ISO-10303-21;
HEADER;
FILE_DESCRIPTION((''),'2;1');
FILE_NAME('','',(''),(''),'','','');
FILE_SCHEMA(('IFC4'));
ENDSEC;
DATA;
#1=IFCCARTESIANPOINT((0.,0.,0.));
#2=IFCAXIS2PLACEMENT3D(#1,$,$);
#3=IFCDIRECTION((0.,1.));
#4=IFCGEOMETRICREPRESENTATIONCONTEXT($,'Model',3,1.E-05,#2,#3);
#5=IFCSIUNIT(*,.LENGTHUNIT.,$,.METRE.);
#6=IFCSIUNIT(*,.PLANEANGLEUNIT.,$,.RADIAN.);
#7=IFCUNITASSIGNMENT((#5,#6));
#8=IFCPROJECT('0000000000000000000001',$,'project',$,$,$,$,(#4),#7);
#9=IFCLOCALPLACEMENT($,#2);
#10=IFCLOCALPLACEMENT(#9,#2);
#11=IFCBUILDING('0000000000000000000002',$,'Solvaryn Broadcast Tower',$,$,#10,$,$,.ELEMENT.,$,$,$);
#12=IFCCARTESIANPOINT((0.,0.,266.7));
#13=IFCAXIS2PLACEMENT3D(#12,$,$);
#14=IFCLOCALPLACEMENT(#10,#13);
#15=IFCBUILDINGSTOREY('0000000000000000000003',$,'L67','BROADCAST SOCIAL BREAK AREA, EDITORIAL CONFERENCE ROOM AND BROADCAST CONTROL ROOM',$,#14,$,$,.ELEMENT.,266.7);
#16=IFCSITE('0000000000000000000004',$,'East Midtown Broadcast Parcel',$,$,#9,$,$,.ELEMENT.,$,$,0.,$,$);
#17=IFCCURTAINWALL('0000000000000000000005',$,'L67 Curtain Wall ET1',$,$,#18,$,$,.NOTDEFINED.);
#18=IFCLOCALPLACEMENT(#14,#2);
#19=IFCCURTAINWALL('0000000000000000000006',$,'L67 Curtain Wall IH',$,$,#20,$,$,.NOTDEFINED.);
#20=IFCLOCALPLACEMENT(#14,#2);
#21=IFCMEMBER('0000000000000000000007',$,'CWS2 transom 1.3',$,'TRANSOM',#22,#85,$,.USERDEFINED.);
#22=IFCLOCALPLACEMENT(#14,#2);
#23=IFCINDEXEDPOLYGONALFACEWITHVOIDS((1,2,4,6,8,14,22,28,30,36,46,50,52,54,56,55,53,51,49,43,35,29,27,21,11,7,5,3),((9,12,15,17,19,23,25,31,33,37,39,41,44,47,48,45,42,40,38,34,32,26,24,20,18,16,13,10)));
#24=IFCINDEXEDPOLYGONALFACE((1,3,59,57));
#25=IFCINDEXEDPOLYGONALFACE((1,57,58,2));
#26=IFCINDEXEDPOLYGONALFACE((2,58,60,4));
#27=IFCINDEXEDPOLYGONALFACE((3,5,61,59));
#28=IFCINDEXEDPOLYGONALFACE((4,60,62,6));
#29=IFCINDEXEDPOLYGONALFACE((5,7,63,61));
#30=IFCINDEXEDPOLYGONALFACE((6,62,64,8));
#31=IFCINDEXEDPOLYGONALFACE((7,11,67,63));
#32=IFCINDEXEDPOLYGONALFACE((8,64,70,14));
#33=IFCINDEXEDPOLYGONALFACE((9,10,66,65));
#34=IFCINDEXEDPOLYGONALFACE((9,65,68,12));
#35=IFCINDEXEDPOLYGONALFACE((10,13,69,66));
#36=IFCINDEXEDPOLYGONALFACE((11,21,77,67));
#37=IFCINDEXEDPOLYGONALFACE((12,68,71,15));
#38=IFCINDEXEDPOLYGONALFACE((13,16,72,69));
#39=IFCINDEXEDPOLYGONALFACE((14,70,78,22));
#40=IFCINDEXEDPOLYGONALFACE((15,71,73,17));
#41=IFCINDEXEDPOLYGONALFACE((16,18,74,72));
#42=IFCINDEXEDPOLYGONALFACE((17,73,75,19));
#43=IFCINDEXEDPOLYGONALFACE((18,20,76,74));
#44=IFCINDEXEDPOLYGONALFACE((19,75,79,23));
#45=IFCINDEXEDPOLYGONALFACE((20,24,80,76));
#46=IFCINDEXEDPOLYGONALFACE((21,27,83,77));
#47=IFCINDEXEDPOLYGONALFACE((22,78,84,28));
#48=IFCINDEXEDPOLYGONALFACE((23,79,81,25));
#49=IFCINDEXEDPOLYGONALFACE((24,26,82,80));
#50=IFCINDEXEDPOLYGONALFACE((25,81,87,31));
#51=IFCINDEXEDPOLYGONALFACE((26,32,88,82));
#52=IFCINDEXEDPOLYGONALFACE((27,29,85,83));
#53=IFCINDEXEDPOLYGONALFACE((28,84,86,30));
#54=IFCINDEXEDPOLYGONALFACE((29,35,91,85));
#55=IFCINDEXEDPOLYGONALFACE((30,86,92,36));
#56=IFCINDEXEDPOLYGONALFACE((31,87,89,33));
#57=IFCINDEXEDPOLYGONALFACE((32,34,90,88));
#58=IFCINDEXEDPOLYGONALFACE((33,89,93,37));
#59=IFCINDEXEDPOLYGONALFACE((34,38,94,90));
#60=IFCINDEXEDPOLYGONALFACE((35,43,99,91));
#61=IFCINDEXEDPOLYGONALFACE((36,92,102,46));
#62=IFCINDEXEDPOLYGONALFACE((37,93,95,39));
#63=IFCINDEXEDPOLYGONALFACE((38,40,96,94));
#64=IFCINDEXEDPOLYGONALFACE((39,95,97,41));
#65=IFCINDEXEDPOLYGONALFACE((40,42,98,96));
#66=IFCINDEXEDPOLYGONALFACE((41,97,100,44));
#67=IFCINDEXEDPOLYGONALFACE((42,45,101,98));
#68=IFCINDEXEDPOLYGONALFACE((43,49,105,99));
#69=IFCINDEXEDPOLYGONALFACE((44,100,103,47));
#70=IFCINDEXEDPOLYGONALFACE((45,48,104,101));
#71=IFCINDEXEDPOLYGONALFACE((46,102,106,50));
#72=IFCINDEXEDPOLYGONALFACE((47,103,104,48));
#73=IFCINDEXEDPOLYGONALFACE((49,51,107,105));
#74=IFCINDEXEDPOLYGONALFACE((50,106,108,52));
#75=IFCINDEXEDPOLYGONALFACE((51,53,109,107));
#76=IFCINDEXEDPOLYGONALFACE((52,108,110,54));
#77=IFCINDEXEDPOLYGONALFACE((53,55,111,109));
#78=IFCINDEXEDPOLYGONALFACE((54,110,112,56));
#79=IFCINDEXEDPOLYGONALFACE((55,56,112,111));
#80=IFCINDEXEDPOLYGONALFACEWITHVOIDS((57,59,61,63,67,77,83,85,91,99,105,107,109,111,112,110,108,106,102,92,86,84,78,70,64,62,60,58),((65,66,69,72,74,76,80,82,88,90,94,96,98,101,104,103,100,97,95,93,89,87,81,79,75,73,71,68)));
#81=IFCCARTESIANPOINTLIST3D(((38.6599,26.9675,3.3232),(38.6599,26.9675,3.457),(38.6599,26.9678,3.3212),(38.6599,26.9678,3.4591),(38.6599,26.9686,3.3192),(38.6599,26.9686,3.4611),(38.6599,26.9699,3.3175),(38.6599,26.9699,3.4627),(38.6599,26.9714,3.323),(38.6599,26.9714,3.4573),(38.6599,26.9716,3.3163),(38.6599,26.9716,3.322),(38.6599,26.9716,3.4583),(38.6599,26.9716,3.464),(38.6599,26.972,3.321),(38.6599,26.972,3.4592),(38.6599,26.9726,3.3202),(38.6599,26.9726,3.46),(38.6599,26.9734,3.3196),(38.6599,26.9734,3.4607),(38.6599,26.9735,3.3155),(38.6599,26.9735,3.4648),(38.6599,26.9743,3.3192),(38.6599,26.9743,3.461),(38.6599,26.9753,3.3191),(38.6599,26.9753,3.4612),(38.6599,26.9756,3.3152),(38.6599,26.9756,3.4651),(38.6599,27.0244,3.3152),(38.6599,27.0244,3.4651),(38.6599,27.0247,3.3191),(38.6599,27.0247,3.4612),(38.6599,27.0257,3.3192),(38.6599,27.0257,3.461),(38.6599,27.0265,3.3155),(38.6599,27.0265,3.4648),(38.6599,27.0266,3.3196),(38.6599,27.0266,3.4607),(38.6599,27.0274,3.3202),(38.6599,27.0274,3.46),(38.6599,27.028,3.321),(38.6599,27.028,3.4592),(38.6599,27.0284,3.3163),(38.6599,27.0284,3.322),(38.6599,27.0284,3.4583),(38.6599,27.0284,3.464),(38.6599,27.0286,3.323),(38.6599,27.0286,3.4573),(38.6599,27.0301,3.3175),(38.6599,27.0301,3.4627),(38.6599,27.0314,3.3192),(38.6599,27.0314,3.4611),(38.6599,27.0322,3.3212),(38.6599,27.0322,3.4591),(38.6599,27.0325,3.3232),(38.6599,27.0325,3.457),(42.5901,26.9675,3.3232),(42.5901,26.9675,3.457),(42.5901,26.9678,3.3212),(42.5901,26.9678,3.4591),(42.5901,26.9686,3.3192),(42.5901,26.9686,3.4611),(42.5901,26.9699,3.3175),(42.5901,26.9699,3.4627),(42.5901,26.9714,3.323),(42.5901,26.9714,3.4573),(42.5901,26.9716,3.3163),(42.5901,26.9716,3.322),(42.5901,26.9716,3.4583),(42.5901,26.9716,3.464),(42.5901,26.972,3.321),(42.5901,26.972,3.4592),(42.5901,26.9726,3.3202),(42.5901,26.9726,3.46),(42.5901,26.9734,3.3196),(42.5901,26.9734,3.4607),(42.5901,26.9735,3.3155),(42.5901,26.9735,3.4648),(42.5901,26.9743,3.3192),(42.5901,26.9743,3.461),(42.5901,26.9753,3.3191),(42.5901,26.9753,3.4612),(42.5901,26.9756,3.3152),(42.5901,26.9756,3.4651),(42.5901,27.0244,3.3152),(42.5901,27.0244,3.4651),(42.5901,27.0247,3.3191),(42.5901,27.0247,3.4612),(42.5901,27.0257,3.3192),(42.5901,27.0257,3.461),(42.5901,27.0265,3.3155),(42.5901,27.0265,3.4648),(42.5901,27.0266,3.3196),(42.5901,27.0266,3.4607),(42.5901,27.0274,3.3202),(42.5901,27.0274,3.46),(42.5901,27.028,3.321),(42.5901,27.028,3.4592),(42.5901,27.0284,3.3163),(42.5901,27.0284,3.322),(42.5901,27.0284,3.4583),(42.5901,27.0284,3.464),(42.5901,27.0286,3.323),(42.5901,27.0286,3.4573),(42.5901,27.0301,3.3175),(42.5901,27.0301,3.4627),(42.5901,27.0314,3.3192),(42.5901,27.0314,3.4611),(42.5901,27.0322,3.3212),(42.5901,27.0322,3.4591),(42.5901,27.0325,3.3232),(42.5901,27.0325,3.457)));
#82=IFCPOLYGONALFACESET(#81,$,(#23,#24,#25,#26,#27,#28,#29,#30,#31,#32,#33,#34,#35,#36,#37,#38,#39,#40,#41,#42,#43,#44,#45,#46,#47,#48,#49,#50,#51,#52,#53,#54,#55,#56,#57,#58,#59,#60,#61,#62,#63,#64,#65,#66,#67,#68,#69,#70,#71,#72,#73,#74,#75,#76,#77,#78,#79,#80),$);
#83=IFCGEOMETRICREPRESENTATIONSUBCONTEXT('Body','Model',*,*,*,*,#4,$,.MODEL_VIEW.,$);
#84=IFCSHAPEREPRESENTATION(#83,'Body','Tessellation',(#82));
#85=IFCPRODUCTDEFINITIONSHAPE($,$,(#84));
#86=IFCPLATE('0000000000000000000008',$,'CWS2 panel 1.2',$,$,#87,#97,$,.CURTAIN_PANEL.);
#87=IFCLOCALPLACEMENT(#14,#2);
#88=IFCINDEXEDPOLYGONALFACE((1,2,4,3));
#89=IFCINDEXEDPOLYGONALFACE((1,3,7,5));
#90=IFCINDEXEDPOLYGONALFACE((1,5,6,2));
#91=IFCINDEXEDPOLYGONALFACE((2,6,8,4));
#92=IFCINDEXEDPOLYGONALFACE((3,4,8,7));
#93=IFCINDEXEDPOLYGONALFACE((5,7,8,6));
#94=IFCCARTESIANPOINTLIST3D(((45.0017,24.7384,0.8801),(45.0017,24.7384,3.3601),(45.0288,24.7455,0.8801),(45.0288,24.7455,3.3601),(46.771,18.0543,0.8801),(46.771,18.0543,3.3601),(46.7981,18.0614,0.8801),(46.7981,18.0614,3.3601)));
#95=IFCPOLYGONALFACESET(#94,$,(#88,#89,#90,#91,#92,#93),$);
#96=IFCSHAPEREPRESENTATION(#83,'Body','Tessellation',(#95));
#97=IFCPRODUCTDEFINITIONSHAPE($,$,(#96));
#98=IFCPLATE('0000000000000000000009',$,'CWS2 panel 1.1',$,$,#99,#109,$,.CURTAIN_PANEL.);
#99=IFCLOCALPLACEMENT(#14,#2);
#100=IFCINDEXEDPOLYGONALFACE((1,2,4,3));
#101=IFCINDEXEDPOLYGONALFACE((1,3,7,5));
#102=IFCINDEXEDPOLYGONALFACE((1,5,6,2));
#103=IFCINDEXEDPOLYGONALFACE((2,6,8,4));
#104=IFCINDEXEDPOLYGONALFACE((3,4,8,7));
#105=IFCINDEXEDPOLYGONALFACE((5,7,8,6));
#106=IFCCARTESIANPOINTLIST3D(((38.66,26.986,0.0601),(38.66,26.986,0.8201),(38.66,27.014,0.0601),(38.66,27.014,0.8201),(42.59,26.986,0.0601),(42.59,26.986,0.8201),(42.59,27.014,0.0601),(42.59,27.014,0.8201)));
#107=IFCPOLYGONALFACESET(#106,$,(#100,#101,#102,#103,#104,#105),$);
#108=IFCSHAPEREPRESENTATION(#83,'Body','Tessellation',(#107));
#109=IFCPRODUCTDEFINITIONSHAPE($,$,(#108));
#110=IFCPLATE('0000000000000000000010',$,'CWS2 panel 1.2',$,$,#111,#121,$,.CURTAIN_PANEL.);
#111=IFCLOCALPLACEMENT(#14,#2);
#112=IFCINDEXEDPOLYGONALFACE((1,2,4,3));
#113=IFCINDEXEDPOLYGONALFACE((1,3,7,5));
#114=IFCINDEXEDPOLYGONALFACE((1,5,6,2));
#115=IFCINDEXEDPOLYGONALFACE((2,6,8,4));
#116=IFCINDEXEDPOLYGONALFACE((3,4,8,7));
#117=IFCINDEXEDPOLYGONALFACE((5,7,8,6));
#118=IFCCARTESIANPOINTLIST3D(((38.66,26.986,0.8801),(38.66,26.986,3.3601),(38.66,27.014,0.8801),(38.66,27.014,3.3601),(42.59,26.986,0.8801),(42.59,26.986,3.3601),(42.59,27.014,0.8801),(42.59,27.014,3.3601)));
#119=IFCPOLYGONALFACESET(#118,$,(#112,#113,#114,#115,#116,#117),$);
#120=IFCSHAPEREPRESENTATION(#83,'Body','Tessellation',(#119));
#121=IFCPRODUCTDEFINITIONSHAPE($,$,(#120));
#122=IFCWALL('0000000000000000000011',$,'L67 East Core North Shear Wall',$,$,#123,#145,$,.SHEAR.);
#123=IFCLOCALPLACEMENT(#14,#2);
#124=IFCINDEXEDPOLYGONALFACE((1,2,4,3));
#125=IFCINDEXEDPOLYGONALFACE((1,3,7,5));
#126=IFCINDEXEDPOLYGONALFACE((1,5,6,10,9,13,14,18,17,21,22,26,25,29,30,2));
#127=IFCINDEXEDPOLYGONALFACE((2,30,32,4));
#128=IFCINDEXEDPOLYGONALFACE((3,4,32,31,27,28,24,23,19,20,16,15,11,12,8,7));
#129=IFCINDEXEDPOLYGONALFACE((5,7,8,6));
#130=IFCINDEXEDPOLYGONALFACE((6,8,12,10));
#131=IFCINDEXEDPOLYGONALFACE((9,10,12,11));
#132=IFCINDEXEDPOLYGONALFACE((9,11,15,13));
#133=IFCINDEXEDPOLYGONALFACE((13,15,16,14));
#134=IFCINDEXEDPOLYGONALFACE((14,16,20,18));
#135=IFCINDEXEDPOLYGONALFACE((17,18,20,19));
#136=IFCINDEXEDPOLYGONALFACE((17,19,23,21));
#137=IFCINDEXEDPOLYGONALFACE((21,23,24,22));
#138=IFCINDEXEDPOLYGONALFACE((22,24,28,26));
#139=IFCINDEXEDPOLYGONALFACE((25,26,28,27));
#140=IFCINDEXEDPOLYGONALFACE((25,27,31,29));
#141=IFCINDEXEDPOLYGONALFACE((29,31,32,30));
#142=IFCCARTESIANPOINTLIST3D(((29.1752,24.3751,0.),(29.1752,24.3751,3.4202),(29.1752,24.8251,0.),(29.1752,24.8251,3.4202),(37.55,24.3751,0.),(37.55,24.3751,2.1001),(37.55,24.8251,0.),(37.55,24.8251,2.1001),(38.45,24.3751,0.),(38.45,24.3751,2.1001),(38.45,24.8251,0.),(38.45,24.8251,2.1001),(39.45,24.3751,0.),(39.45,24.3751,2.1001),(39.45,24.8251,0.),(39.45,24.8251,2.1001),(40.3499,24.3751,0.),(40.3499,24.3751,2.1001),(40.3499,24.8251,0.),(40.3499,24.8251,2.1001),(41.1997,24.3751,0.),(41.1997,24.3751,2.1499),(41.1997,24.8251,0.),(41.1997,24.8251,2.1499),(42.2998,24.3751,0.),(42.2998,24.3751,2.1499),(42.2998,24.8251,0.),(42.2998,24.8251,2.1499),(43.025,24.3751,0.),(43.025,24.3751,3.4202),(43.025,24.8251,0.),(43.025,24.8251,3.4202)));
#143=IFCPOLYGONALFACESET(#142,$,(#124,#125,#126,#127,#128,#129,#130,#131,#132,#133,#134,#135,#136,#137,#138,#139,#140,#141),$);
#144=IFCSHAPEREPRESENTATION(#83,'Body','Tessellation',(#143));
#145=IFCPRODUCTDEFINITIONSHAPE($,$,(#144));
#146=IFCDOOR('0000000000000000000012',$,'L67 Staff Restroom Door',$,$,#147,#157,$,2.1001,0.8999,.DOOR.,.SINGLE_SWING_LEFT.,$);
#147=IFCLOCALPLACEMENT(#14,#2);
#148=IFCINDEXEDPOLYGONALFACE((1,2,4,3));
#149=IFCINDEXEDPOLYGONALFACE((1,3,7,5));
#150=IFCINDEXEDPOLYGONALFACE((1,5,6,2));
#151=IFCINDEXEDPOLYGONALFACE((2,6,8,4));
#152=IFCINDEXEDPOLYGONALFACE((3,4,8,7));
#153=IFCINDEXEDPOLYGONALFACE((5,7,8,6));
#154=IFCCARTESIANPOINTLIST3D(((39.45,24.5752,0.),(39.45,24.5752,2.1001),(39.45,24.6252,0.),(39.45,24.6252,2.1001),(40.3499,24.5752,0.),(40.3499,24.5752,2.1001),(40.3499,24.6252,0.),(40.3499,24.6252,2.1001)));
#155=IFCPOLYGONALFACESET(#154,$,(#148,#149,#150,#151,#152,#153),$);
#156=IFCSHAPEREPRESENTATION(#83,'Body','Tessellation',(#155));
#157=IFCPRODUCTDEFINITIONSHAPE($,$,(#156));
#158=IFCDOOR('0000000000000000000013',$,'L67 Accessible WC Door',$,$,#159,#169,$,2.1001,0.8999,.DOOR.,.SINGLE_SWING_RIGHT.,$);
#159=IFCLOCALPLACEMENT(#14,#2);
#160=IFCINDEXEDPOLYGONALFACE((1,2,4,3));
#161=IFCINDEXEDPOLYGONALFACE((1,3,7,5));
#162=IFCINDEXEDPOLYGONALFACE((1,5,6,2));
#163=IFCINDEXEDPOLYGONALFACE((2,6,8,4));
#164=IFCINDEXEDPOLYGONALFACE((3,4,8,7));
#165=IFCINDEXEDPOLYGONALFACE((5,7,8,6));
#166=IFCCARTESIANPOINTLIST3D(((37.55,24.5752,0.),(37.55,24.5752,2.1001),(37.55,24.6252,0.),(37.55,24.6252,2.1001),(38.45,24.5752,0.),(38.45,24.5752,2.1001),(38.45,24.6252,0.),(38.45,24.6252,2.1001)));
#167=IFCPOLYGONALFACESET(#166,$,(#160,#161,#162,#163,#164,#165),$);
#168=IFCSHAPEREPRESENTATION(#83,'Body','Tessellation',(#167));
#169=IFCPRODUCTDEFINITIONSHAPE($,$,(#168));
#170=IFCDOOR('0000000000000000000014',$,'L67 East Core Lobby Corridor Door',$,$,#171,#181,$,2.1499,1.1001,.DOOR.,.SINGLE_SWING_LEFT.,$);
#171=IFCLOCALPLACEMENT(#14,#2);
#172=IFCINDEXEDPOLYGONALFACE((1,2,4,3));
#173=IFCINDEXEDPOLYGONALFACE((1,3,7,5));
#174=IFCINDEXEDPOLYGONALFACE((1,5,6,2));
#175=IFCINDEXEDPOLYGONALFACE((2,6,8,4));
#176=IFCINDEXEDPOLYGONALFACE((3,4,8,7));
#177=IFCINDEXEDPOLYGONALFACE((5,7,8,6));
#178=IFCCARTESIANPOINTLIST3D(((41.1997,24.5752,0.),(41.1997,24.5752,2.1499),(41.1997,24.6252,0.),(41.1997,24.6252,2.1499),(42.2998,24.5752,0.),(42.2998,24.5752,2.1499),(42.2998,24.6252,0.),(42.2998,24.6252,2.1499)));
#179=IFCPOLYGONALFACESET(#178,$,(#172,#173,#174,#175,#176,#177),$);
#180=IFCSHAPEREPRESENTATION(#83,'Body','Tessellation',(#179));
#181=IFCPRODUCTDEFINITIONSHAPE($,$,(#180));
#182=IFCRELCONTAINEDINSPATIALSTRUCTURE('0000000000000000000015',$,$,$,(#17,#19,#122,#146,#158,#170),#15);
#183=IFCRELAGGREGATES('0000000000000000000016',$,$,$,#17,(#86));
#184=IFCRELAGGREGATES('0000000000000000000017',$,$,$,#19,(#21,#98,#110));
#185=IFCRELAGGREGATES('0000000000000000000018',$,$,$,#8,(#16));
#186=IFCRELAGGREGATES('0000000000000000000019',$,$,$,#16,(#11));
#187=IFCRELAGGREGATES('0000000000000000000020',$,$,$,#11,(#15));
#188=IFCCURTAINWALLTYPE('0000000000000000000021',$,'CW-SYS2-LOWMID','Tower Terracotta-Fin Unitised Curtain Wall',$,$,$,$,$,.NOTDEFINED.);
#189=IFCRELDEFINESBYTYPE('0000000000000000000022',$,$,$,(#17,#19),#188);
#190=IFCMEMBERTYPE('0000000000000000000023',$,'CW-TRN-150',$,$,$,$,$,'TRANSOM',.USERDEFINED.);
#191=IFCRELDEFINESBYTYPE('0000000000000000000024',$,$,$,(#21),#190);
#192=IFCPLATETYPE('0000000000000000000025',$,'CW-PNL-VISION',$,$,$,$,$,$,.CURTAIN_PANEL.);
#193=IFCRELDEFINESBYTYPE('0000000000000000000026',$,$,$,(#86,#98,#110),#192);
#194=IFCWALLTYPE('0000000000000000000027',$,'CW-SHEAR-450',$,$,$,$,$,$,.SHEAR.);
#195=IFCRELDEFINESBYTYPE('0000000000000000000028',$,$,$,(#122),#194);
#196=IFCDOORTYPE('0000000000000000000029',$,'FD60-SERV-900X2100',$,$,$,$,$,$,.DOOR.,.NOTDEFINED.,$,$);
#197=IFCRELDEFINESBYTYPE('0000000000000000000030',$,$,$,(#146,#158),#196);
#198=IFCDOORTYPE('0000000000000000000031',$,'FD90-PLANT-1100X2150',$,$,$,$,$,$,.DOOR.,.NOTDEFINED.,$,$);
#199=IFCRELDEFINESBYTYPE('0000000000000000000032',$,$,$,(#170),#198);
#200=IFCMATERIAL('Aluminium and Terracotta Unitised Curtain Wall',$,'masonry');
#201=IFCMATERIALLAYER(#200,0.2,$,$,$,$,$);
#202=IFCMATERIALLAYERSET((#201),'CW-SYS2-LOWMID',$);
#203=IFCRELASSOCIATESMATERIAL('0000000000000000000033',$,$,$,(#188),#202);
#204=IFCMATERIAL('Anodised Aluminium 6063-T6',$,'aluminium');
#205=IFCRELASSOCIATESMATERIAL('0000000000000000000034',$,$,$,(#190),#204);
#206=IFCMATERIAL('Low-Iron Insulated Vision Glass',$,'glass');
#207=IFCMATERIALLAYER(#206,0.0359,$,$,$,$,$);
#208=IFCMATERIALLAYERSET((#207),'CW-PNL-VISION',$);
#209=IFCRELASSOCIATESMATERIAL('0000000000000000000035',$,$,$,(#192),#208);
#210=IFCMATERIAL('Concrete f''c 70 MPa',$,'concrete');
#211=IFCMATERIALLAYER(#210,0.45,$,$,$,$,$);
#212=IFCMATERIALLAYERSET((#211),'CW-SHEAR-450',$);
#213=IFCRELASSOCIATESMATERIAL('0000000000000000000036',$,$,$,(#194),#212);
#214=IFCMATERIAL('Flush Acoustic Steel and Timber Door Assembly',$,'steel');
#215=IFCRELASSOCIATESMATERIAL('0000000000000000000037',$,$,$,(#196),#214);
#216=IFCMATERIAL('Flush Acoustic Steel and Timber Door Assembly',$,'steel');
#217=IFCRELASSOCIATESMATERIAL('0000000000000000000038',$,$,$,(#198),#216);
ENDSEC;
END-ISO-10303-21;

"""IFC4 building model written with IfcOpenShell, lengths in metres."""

from ifc_helpers import new_model, si_unit, direction, frame, frame_2d, origin, origin_2d, place, context, subcontext, project, spatial, rectangle, hollow_rectangle, extrude, material, layer, layer_set, material_profile, profile_set, type_object, element, fill, aggregate, save


model = new_model("IFC4")

# Units and contexts
model_context = context("Model", 3, precision=1e-05, world=origin(), true_north=direction((0.0, 1.0)))
body_context = subcontext(model_context, "Body", "Model", "MODEL_VIEW")
ifc_project = project(units=[si_unit("LENGTHUNIT", "METRE"), si_unit("PLANEANGLEUNIT", "RADIAN")], contexts=[model_context])

# Site, building, storey
site_placement = place(None, origin())
site = spatial("IfcSite", under=ifc_project, at=site_placement, Name="East Midtown Broadcast Parcel", CompositionType="ELEMENT", RefElevation=0.0)
building_placement = place(site_placement, origin())
building = spatial("IfcBuilding", under=site, at=building_placement, Name="Solvaryn Broadcast Tower", CompositionType="ELEMENT")
storey_placement = place(building_placement, frame((0.0, 0.0, 266.7)))
storey = spatial("IfcBuildingStorey", under=building, at=storey_placement, Name="L67", Description="BROADCAST SOCIAL BREAK AREA, EDITORIAL CONFERENCE ROOM AND BROADCAST CONTROL ROOM", CompositionType="ELEMENT", Elevation=266.7)

# Curtain wall
ifc_material_1 = material(Name="Aluminium and Terracotta Unitised Curtain Wall", Category="masonry")
ifc_layer_1 = layer(ifc_material_1, 0.2)
ifc_layer_set_1 = layer_set([ifc_layer_1], Name="CW-SYS2-LOWMID")
curtain_wall_type = type_object("IfcCurtainWallType", Name="CW-SYS2-LOWMID", Description="Tower Terracotta-Fin Unitised Curtain Wall", PredefinedType="NOTDEFINED", material=ifc_layer_set_1)
curtain_wall_1_placement = place(storey_placement, origin())
curtain_wall_1 = element("IfcCurtainWall", 1, at=curtain_wall_1_placement, inside=storey, type_object=curtain_wall_type, Name="L67 Curtain Wall ET1", PredefinedType="NOTDEFINED")

# Curtain wall
curtain_wall_2_placement = place(storey_placement, origin())
curtain_wall_2 = element("IfcCurtainWall", 2, at=curtain_wall_2_placement, inside=storey, type_object=curtain_wall_type, Name="L67 Curtain Wall IH", PredefinedType="NOTDEFINED")

# Member
ifc_material_2 = material(Name="Anodised Aluminium 6063-T6", Category="aluminium")
ifc_material_profile_1 = material_profile(ifc_material_2, hollow_rectangle(XDim=0.0649, YDim=0.1499, WallThickness=0.0039, InnerFilletRadius=0.0039, OuterFilletRadius=0.0081, at=origin_2d()))
ifc_profile_set_1 = profile_set([ifc_material_profile_1], Name="Anodised Aluminium 6063-T6")
member_type_1 = type_object("IfcMemberType", Name="CW-TRN-150", ElementType="TRANSOM", PredefinedType="USERDEFINED", material=ifc_profile_set_1)
member_1_placement = place(storey_placement, frame((38.6599, 27.0, 3.3901), z_axis=(1.0, 0.0, 0.0), x_axis=(0.0, 1.0, 0.0)))
member_1 = element("IfcMember", 3, at=member_1_placement, type_object=member_type_1, Name="CWS2 transom 1.3", ObjectType="TRANSOM", PredefinedType="USERDEFINED", context=body_context, shape_type="SweptSolid", body=[
    extrude(hollow_rectangle(XDim=0.0649, YDim=0.1499, WallThickness=0.0039, InnerFilletRadius=0.0039, OuterFilletRadius=0.0081, at=origin_2d()), origin(), (0.0, 0.0, 1.0), 3.9302),
])

# Plates
ifc_material_3 = material(Name="Low-Iron Insulated Vision Glass", Category="glass")
ifc_layer_2 = layer(ifc_material_3, 0.0359)
ifc_layer_set_2 = layer_set([ifc_layer_2], Name="CW-PNL-VISION")
plate_type = type_object("IfcPlateType", Name="CW-PNL-VISION", PredefinedType="CURTAIN_PANEL", material=ifc_layer_set_2)
plate_1_placement = place(storey_placement, frame((45.8999, 21.3999, 0.8801), z_axis=(0.0, 0.0, 1.0), x_axis=(0.255893, -0.966705, 0.0)))
plate_1 = element("IfcPlate", 4, at=plate_1_placement, type_object=plate_type, Name="CWS2 panel 1.2", PredefinedType="CURTAIN_PANEL", context=body_context, shape_type="SweptSolid", body=[
    extrude(rectangle(XDim=6.9143, YDim=0.0281, at=origin_2d()), origin(), (0.0, 0.0, 1.0), 2.48),
])
aggregate(curtain_wall_1, [plate_1])
plate_2_placement = place(storey_placement, frame((40.625, 27.0, 0.0601), z_axis=(0.0, 0.0, 1.0), x_axis=(1.0, 0.0, 0.0)))
plate_2 = element("IfcPlate", 5, at=plate_2_placement, type_object=plate_type, Name="CWS2 panel 1.1", PredefinedType="CURTAIN_PANEL", context=body_context, shape_type="SweptSolid", body=[
    extrude(rectangle(XDim=3.9299, YDim=0.0281, at=origin_2d()), origin(), (0.0, 0.0, 1.0), 0.76),
])
plate_3_placement = place(storey_placement, frame((40.625, 27.0, 0.8801), z_axis=(0.0, 0.0, 1.0), x_axis=(1.0, 0.0, 0.0)))
plate_3 = element("IfcPlate", 6, at=plate_3_placement, type_object=plate_type, Name="CWS2 panel 1.2", PredefinedType="CURTAIN_PANEL", context=body_context, shape_type="SweptSolid", body=[
    extrude(rectangle(XDim=3.9299, YDim=0.0281, at=origin_2d()), origin(), (0.0, 0.0, 1.0), 2.48),
])
aggregate(curtain_wall_2, [member_1, plate_2, plate_3])

# Wall, openings, doors
ifc_material_4 = material(Name="Concrete f'c 70 MPa", Category="concrete")
ifc_layer_3 = layer(ifc_material_4, 0.45)
ifc_layer_set_3 = layer_set([ifc_layer_3], Name="CW-SHEAR-450")
wall_type_1 = type_object("IfcWallType", Name="CW-SHEAR-450", PredefinedType="SHEAR", material=ifc_layer_set_3)
wall_1_placement = place(storey_placement, frame((43.0249, 24.6001, 0.0), z_axis=(0.0, 0.0, 1.0), x_axis=(-1.0, 0.0, 0.0)))
wall_1 = element("IfcWall", 7, at=wall_1_placement, inside=storey, type_object=wall_type_1, Name="L67 East Core North Shear Wall", PredefinedType="SHEAR", context=body_context, shape_type="SweptSolid", body=[
    extrude(rectangle(XDim=13.8499, YDim=0.45, at=frame_2d((6.9248, 0.0))), origin(), (0.0, 0.0, 1.0), 3.4202),
])
opening_1_placement = place(wall_1_placement, frame((0.7251, 0.0, 0.0)))
opening_1 = element("IfcOpeningElement", 8, at=opening_1_placement, cuts=wall_1, PredefinedType="OPENING", context=body_context, shape_type="SweptSolid", body=[
    extrude(rectangle(XDim=1.1001, YDim=2.1499, at=frame_2d((0.55, 1.075))), frame((0.0, 0.2351, 0.0), z_axis=(0.0, -1.0, 0.0), x_axis=(1.0, 0.0, 0.0)), (0.0, 0.0, 1.0), 0.47),
])
opening_2_placement = place(wall_1_placement, frame((2.675, 0.0, 0.0)))
opening_2 = element("IfcOpeningElement", 9, at=opening_2_placement, cuts=wall_1, PredefinedType="OPENING", context=body_context, shape_type="SweptSolid", body=[
    extrude(rectangle(XDim=0.8999, YDim=2.1001, at=frame_2d((0.45, 1.05))), frame((0.0, 0.2351, 0.0), z_axis=(0.0, -1.0, 0.0), x_axis=(1.0, 0.0, 0.0)), (0.0, 0.0, 1.0), 0.47),
])
opening_3_placement = place(wall_1_placement, frame((4.575, 0.0, 0.0)))
opening_3 = element("IfcOpeningElement", 10, at=opening_3_placement, cuts=wall_1, PredefinedType="OPENING", context=body_context, shape_type="SweptSolid", body=[
    extrude(rectangle(XDim=0.8999, YDim=2.1001, at=frame_2d((0.45, 1.05))), frame((0.0, 0.2351, 0.0), z_axis=(0.0, -1.0, 0.0), x_axis=(1.0, 0.0, 0.0)), (0.0, 0.0, 1.0), 0.47),
])
ifc_material_5 = material(Name="Flush Acoustic Steel and Timber Door Assembly", Category="steel")
door_type_1 = type_object("IfcDoorType", Name="FD60-SERV-900X2100", OperationType="NOTDEFINED", PredefinedType="DOOR", material=ifc_material_5)
door_1_placement = place(opening_2_placement, origin())
door_1 = element("IfcDoor", 11, at=door_1_placement, inside=storey, type_object=door_type_1, Name="L67 Staff Restroom Door", OperationType="SINGLE_SWING_LEFT", OverallHeight=2.1001, OverallWidth=0.8999, PredefinedType="DOOR", context=body_context, shape_type="SweptSolid", body=[
    extrude(rectangle(XDim=0.8999, YDim=2.1001, at=frame_2d((0.45, 1.05))), frame((0.0, 0.0249, 0.0), z_axis=(0.0, -1.0, 0.0), x_axis=(1.0, 0.0, 0.0)), (0.0, 0.0, 1.0), 0.05),
])
fill(opening_2, door_1)
door_2_placement = place(opening_3_placement, origin())
door_2 = element("IfcDoor", 12, at=door_2_placement, inside=storey, type_object=door_type_1, Name="L67 Accessible WC Door", OperationType="SINGLE_SWING_RIGHT", OverallHeight=2.1001, OverallWidth=0.8999, PredefinedType="DOOR", context=body_context, shape_type="SweptSolid", body=[
    extrude(rectangle(XDim=0.8999, YDim=2.1001, at=frame_2d((0.45, 1.05))), frame((0.0, 0.0249, 0.0), z_axis=(0.0, -1.0, 0.0), x_axis=(1.0, 0.0, 0.0)), (0.0, 0.0, 1.0), 0.05),
])
fill(opening_3, door_2)
ifc_material_6 = material(Name="Flush Acoustic Steel and Timber Door Assembly", Category="steel")
door_type_2 = type_object("IfcDoorType", Name="FD90-PLANT-1100X2150", OperationType="NOTDEFINED", PredefinedType="DOOR", material=ifc_material_6)
door_3_placement = place(opening_1_placement, origin())
door_3 = element("IfcDoor", 13, at=door_3_placement, inside=storey, type_object=door_type_2, Name="L67 East Core Lobby Corridor Door", OperationType="SINGLE_SWING_LEFT", OverallHeight=2.1499, OverallWidth=1.1001, PredefinedType="DOOR", context=body_context, shape_type="SweptSolid", body=[
    extrude(rectangle(XDim=1.1001, YDim=2.1499, at=frame_2d((0.55, 1.075))), frame((0.0, 0.0249, 0.0), z_axis=(0.0, -1.0, 0.0), x_axis=(1.0, 0.0, 0.0)), (0.0, 0.0, 1.0), 0.05),
])
fill(opening_1, door_3)

save(model, "model.ifc")
